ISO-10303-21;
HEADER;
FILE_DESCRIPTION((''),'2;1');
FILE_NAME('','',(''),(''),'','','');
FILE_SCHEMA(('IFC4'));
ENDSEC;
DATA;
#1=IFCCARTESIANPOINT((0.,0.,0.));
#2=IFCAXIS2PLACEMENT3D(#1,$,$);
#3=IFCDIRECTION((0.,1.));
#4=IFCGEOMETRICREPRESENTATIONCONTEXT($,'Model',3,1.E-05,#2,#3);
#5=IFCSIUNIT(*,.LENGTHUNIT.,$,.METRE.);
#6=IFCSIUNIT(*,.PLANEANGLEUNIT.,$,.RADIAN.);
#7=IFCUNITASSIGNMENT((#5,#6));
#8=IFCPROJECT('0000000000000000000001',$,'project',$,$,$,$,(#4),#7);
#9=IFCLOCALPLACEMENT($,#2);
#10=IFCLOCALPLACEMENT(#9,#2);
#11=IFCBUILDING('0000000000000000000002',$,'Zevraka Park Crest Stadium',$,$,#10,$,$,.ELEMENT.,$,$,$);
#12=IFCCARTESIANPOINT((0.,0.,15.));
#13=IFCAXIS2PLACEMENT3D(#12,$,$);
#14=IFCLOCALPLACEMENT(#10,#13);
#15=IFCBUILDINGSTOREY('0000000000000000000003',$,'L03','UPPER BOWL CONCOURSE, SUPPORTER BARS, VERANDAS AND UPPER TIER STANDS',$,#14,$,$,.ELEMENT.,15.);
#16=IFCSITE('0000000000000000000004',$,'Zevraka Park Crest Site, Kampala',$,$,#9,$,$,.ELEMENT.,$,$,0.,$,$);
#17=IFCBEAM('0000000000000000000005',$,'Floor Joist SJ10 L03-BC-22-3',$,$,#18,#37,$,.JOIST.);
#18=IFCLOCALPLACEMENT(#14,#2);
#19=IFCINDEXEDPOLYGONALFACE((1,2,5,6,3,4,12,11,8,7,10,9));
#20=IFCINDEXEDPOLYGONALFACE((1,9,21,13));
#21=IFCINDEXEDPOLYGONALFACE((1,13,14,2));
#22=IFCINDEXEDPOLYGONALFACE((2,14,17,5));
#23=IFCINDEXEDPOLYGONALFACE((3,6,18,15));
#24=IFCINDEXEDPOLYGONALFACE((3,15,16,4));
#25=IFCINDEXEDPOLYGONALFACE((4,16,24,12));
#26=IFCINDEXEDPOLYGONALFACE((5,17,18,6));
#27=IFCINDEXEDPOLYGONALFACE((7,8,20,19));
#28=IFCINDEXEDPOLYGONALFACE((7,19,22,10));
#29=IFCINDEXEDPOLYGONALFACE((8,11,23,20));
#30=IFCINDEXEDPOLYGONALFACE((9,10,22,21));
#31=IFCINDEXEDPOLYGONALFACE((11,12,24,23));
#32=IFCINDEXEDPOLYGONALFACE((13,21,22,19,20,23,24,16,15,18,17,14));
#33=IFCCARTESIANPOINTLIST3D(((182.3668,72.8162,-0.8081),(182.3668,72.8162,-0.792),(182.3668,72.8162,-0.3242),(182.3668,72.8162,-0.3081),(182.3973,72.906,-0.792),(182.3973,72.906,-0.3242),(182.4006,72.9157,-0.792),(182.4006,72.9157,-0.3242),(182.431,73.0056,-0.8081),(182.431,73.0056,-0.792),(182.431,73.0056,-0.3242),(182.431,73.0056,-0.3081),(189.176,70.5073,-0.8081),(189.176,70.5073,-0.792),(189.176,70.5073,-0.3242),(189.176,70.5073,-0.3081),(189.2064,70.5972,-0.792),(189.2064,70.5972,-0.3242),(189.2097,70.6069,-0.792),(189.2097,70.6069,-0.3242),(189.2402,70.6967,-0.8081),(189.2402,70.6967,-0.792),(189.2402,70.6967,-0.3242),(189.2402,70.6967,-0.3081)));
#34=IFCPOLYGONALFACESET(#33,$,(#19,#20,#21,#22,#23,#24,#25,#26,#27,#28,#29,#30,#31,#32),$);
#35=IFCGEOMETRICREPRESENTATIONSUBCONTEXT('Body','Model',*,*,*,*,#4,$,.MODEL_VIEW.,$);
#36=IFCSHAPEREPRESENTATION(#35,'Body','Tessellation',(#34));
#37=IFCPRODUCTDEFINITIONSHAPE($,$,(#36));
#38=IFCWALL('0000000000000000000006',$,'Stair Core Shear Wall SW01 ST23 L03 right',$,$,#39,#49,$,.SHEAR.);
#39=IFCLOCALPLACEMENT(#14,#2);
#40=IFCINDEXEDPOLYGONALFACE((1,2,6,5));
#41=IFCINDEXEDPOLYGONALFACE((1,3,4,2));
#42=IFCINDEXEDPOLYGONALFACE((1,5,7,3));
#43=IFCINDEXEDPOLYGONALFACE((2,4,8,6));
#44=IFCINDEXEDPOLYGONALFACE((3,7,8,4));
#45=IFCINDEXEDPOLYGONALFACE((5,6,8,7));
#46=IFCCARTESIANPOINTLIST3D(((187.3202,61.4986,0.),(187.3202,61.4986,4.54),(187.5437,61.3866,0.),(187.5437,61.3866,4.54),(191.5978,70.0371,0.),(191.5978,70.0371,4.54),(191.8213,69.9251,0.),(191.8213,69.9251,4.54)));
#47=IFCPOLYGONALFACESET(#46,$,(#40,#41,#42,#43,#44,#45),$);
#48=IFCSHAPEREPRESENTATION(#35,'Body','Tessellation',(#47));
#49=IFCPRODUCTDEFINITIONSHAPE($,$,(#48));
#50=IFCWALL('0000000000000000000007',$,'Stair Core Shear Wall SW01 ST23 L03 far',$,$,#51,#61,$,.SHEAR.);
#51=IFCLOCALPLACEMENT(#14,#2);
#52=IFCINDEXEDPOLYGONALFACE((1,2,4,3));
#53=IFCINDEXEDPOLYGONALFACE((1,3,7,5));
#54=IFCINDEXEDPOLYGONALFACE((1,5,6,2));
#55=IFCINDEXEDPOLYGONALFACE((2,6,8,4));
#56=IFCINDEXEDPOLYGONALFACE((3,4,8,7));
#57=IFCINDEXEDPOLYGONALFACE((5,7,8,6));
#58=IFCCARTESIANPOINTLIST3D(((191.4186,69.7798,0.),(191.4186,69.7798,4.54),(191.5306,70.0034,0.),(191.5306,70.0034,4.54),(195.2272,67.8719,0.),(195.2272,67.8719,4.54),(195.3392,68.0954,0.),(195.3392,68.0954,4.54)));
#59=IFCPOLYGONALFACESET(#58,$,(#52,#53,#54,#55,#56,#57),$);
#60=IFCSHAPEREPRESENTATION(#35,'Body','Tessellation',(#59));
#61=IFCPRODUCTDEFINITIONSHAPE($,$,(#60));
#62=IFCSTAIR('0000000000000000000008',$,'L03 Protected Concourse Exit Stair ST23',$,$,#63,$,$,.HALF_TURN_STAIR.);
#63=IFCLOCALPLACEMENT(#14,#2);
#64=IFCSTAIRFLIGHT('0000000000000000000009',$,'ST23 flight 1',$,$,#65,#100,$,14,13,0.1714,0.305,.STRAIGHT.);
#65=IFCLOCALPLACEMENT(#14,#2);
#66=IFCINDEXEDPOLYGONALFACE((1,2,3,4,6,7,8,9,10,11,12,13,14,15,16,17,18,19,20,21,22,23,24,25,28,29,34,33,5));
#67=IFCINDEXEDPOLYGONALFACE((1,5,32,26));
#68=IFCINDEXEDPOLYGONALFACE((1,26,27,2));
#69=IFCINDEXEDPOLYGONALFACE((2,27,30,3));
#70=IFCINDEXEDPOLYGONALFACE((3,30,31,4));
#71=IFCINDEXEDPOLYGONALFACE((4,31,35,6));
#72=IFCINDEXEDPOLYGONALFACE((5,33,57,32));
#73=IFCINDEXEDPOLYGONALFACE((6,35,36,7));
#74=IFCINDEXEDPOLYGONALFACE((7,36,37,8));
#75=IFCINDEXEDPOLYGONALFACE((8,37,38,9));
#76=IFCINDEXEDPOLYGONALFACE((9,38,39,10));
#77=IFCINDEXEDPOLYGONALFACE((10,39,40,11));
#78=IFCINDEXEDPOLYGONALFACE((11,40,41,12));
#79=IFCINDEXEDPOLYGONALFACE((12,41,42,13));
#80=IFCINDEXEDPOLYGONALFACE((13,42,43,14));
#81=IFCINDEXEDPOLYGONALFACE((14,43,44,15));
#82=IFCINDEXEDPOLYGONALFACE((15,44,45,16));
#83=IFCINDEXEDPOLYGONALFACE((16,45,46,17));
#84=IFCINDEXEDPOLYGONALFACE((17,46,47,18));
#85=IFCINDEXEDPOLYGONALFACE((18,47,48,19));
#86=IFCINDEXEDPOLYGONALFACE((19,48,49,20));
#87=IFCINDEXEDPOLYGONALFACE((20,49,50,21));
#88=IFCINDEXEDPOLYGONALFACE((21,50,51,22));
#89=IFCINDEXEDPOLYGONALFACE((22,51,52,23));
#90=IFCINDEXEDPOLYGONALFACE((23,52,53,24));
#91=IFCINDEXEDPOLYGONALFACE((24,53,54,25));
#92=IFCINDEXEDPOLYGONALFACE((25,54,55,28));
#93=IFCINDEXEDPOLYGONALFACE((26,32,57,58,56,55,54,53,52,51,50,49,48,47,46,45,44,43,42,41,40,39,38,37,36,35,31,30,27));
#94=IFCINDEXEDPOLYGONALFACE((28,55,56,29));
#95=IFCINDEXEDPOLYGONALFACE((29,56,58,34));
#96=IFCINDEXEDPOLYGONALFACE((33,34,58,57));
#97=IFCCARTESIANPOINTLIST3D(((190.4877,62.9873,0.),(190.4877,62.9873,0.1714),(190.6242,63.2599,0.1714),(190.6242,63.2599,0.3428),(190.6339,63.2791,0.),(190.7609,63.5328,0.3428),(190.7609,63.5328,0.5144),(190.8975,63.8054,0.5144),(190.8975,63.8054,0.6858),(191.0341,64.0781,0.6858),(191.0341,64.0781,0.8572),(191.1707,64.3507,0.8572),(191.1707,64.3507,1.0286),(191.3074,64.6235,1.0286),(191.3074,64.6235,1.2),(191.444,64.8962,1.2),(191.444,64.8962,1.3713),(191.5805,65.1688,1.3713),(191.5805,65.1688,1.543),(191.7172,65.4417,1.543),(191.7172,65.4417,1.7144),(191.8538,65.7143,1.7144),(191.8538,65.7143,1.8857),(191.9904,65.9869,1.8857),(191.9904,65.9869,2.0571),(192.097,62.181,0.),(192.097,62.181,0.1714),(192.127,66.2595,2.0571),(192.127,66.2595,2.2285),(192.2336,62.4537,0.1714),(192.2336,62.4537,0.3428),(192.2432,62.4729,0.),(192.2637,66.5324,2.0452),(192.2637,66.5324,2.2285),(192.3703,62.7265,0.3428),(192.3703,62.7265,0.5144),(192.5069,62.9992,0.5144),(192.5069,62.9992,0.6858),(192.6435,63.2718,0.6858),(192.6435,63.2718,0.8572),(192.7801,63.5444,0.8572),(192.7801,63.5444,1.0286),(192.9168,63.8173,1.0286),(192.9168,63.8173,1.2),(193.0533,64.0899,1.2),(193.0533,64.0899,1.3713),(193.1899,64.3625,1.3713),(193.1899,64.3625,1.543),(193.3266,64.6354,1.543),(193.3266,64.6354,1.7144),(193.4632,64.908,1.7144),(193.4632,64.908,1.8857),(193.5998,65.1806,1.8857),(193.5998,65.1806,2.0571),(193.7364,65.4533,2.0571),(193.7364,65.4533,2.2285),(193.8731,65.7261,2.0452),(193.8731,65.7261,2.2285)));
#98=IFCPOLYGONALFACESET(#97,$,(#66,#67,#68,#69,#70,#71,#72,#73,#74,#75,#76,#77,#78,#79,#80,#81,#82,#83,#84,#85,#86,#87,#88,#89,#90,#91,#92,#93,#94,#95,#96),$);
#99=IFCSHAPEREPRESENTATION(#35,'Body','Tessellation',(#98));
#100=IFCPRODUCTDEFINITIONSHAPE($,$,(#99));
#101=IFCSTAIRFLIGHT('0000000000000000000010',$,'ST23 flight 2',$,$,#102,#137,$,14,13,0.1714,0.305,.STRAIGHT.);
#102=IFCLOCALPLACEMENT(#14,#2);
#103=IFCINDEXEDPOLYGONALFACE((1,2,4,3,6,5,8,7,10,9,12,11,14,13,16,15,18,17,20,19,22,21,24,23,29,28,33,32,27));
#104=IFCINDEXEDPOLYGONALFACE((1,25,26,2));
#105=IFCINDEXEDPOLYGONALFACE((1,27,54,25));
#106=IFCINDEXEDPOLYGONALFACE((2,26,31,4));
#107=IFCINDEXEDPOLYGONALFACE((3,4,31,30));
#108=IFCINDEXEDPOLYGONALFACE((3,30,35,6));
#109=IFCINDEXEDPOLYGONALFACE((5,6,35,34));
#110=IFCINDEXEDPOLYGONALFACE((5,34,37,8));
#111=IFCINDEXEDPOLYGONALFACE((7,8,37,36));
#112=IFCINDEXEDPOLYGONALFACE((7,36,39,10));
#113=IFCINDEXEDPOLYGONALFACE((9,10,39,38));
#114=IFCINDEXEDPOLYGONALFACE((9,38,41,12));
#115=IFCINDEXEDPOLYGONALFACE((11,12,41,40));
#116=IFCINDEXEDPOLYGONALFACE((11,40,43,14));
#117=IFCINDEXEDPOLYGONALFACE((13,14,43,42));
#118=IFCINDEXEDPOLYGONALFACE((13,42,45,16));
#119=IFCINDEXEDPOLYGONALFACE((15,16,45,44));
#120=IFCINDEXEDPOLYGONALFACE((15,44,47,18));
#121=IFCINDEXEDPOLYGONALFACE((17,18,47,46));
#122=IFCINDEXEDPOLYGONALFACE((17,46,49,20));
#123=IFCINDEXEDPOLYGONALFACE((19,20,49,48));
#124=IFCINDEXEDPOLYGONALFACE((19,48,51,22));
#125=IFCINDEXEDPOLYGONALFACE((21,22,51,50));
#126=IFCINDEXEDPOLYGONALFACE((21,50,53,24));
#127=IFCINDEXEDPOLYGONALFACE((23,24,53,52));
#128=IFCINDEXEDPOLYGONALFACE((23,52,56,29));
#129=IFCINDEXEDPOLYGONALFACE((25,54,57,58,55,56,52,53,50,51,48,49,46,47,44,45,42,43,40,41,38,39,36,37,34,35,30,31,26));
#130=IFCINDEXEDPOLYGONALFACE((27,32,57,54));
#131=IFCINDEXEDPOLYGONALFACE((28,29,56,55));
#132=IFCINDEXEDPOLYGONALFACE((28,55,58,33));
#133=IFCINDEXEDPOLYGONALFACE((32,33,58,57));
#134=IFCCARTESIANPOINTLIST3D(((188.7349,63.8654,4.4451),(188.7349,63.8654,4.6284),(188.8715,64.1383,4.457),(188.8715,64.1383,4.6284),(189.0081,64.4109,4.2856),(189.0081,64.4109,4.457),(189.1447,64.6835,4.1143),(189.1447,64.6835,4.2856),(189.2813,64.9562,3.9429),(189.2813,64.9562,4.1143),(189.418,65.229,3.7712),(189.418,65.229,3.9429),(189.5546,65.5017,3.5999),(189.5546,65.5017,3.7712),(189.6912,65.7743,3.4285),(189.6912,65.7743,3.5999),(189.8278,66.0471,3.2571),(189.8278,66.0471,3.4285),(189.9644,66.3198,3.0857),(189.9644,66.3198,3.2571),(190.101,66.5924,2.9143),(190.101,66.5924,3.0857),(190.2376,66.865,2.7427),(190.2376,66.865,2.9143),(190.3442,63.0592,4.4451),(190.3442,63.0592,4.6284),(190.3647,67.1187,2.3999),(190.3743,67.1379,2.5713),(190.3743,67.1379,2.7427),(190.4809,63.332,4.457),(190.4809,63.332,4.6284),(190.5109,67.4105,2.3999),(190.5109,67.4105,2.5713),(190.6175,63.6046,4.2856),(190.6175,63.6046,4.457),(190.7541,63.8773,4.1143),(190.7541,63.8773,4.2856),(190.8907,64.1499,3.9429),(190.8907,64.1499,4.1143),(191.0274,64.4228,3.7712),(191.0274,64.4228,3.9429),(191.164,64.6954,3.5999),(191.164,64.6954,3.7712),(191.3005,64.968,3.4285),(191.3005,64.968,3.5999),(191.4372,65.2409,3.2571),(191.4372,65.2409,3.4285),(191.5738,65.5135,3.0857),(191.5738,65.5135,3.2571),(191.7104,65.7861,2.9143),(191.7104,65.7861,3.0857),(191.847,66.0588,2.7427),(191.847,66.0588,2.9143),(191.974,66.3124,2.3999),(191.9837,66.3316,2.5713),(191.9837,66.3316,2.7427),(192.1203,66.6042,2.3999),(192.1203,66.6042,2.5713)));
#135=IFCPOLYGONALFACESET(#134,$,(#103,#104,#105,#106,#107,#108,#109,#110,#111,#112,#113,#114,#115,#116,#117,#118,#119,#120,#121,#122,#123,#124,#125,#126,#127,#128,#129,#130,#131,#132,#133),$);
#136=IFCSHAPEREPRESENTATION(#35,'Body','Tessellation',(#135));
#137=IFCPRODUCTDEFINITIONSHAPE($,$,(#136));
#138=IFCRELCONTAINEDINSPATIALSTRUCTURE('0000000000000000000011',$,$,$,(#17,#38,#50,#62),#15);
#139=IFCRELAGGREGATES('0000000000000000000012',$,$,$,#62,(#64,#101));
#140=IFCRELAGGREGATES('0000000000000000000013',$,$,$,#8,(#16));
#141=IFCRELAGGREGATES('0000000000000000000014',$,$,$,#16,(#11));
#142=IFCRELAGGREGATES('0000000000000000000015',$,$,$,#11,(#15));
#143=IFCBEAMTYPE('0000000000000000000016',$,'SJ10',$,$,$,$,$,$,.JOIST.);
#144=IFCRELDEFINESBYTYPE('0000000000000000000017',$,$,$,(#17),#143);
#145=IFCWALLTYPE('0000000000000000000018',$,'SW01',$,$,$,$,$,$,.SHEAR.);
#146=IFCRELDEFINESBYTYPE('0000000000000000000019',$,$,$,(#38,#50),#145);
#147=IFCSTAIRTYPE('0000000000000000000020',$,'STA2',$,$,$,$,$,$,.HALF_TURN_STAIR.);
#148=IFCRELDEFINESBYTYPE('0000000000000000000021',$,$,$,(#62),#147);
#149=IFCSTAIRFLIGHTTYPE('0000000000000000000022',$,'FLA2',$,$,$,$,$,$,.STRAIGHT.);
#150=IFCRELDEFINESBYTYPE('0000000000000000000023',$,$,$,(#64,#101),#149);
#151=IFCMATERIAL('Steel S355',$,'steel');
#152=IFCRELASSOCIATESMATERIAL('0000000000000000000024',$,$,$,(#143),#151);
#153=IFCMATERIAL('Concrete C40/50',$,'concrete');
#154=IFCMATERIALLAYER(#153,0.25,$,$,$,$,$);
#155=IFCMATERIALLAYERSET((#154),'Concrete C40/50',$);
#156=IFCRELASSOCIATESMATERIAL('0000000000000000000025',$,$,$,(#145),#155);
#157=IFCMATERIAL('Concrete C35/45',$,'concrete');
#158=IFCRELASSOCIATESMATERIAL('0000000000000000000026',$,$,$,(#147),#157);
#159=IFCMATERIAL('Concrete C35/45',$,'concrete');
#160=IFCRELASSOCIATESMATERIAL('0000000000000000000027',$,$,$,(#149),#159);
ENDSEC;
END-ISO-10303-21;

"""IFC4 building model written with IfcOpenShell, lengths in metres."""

from ifc_helpers import new_model, si_unit, direction, frame, frame_2d, origin, origin_2d, place, context, subcontext, project, spatial, polyline, rectangle, i_section, outline, extrude, material, layer, layer_set, material_profile, profile_set, type_object, element, aggregate, save


model = new_model("IFC4")

# Units and contexts
model_context = context("Model", 3, precision=1e-05, world=origin(), true_north=direction((0.0, 1.0)))
body_context = subcontext(model_context, "Body", "Model", "MODEL_VIEW")
ifc_project = project(units=[si_unit("LENGTHUNIT", "METRE"), si_unit("PLANEANGLEUNIT", "RADIAN")], contexts=[model_context])

# Site, building, storey
site_placement = place(None, origin())
site = spatial("IfcSite", under=ifc_project, at=site_placement, Name="Zevraka Park Crest Site, Kampala", CompositionType="ELEMENT", RefElevation=0.0)
building_placement = place(site_placement, origin())
building = spatial("IfcBuilding", under=site, at=building_placement, Name="Zevraka Park Crest Stadium", CompositionType="ELEMENT")
storey_placement = place(building_placement, frame((0.0, 0.0, 15.0)))
storey = spatial("IfcBuildingStorey", under=building, at=storey_placement, Name="L03", Description="UPPER BOWL CONCOURSE, SUPPORTER BARS, VERANDAS AND UPPER TIER STANDS", CompositionType="ELEMENT", Elevation=15.0)

# Beam
ifc_material_1 = material(Name="Steel S355", Category="steel")
ifc_material_profile_1 = material_profile(ifc_material_1, i_section(OverallWidth=0.2, OverallDepth=0.5, WebThickness=0.0103, FlangeThickness=0.0161, at=origin_2d()), Name="IPE 500")
ifc_profile_set_1 = profile_set([ifc_material_profile_1], Name="Steel S355")
beam_type_1 = type_object("IfcBeamType", Name="SJ10", PredefinedType="JOIST", material=ifc_profile_set_1)
beam_1_placement = place(storey_placement, frame((182.3989, 72.9109, -0.5581), z_axis=(0.947037, -0.321123, 0.0), x_axis=(0.321123, 0.947037, 0.0)))
element("IfcBeam", 1, at=beam_1_placement, inside=storey, type_object=beam_type_1, Name="Floor Joist SJ10 L03-BC-22-3", PredefinedType="JOIST", context=body_context, shape_type="SweptSolid", body=[
    extrude(i_section(OverallWidth=0.2, OverallDepth=0.5, WebThickness=0.0103, FlangeThickness=0.0161, at=origin_2d()), origin(), (0.0, 0.0, 1.0), 7.1899),
])

# Walls
ifc_material_2 = material(Name="Concrete C40/50", Category="concrete")
ifc_layer = layer(ifc_material_2, 0.25)
ifc_layer_set = layer_set([ifc_layer], Name="Concrete C40/50")
wall_type = type_object("IfcWallType", Name="SW01", PredefinedType="SHEAR", material=ifc_layer_set)
wall_1_placement = place(storey_placement, frame((191.7095, 69.981, 0.0), z_axis=(0.0, 0.0, 1.0), x_axis=(-0.447909, -0.894079, 0.0)))
element("IfcWall", 2, at=wall_1_placement, inside=storey, type_object=wall_type, Name="Stair Core Shear Wall SW01 ST23 L03 right", PredefinedType="SHEAR", context=body_context, shape_type="SweptSolid", body=[
    extrude(rectangle(XDim=9.55, YDim=0.25, at=frame_2d((4.7749, 0.0))), origin(), (0.0, 0.0, 1.0), 4.54),
])
wall_2_placement = place(storey_placement, frame((195.2832, 67.9836, 0.0), z_axis=(0.0, 0.0, 1.0), x_axis=(-0.894083, 0.447901, 0.0)))
element("IfcWall", 3, at=wall_2_placement, inside=storey, type_object=wall_type, Name="Stair Core Shear Wall SW01 ST23 L03 far", PredefinedType="SHEAR", context=body_context, shape_type="SweptSolid", body=[
    extrude(rectangle(XDim=4.2598, YDim=0.25, at=frame_2d((2.1299, 0.0))), origin(), (0.0, 0.0, 1.0), 4.54),
])

# Stair, stair flights
ifc_material_3 = material(Name="Concrete C35/45", Category="concrete")
stair_type = type_object("IfcStairType", Name="STA2", PredefinedType="HALF_TURN_STAIR", material=ifc_material_3)
stair_placement = place(storey_placement, origin())
stair = element("IfcStair", 4, at=stair_placement, inside=storey, type_object=stair_type, Name="L03 Protected Concourse Exit Stair ST23", PredefinedType="HALF_TURN_STAIR")
ifc_material_4 = material(Name="Concrete C35/45", Category="concrete")
stair_flight_type = type_object("IfcStairFlightType", Name="FLA2", PredefinedType="STRAIGHT", material=ifc_material_4)
stair_flight_1_placement = place(storey_placement, frame((191.2922, 62.5842, 0.0), z_axis=(0.0, 0.0, 1.0), x_axis=(0.447915, 0.894076, 0.0)))
stair_flight_1 = element("IfcStairFlight", 5, at=stair_flight_1_placement, type_object=stair_flight_type, Name="ST23 flight 1", NumberOfRisers=14, NumberOfTreads=13, PredefinedType="STRAIGHT", RiserHeight=0.1714, TreadLength=0.305, context=body_context, shape_type="SweptSolid", body=[
    extrude(outline(polyline([(0.0, 0.0), (0.0, 0.1714), (0.3049, 0.1714), (0.3049, 0.3428), (0.6101, 0.3428), (0.6101, 0.5144), (0.915, 0.5144), (0.915, 0.6858), (1.22, 0.6858), (1.22, 0.8572), (1.5249, 0.8572), (1.5249, 1.0286), (1.8301, 1.0286), (1.8301, 1.2), (2.135, 1.2), (2.135, 1.3713), (2.4399, 1.3713), (2.4399, 1.543), (2.7451, 1.543), (2.7451, 1.7144), (3.05, 1.7144), (3.05, 1.8857), (3.355, 1.8857), (3.355, 2.0571), (3.6599, 2.0571), (3.6599, 2.2285), (3.9651, 2.2285), (3.9651, 2.3999), (3.9651, 2.0452), (0.3264, 0.0), (0.0, 0.0)])), frame((0.0, 0.8999, 0.0), z_axis=(0.0, -1.0, 0.0), x_axis=(1.0, 0.0, 0.0)), (0.0, 0.0, 1.0), 1.8),
])
stair_flight_2_placement = place(storey_placement, frame((191.3157, 67.0073, 2.3999), z_axis=(0.0, 0.0, 1.0), x_axis=(-0.447915, -0.894076, 0.0)))
stair_flight_2 = element("IfcStairFlight", 6, at=stair_flight_2_placement, type_object=stair_flight_type, Name="ST23 flight 2", NumberOfRisers=14, NumberOfTreads=13, PredefinedType="STRAIGHT", RiserHeight=0.1714, TreadLength=0.305, context=body_context, shape_type="SweptSolid", body=[
    extrude(outline(polyline([(0.0, 0.0), (0.0, 0.1714), (0.3049, 0.1714), (0.3049, 0.3428), (0.6101, 0.3428), (0.6101, 0.5144), (0.915, 0.5144), (0.915, 0.6858), (1.22, 0.6858), (1.22, 0.8572), (1.5249, 0.8572), (1.5249, 1.0286), (1.8301, 1.0286), (1.8301, 1.2), (2.135, 1.2), (2.135, 1.3713), (2.4399, 1.3713), (2.4399, 1.543), (2.7451, 1.543), (2.7451, 1.7144), (3.05, 1.7144), (3.05, 1.8857), (3.355, 1.8857), (3.355, 2.0571), (3.6599, 2.0571), (3.6599, 2.2285), (3.9651, 2.2285), (3.9651, 2.3999), (3.9651, 2.0452), (0.3264, 0.0), (0.0, 0.0)])), frame((0.0, 0.8999, 0.0), z_axis=(0.0, -1.0, 0.0), x_axis=(1.0, 0.0, 0.0)), (0.0, 0.0, 1.0), 1.8),
])
aggregate(stair, [stair_flight_1, stair_flight_2])

save(model, "model.ifc")
